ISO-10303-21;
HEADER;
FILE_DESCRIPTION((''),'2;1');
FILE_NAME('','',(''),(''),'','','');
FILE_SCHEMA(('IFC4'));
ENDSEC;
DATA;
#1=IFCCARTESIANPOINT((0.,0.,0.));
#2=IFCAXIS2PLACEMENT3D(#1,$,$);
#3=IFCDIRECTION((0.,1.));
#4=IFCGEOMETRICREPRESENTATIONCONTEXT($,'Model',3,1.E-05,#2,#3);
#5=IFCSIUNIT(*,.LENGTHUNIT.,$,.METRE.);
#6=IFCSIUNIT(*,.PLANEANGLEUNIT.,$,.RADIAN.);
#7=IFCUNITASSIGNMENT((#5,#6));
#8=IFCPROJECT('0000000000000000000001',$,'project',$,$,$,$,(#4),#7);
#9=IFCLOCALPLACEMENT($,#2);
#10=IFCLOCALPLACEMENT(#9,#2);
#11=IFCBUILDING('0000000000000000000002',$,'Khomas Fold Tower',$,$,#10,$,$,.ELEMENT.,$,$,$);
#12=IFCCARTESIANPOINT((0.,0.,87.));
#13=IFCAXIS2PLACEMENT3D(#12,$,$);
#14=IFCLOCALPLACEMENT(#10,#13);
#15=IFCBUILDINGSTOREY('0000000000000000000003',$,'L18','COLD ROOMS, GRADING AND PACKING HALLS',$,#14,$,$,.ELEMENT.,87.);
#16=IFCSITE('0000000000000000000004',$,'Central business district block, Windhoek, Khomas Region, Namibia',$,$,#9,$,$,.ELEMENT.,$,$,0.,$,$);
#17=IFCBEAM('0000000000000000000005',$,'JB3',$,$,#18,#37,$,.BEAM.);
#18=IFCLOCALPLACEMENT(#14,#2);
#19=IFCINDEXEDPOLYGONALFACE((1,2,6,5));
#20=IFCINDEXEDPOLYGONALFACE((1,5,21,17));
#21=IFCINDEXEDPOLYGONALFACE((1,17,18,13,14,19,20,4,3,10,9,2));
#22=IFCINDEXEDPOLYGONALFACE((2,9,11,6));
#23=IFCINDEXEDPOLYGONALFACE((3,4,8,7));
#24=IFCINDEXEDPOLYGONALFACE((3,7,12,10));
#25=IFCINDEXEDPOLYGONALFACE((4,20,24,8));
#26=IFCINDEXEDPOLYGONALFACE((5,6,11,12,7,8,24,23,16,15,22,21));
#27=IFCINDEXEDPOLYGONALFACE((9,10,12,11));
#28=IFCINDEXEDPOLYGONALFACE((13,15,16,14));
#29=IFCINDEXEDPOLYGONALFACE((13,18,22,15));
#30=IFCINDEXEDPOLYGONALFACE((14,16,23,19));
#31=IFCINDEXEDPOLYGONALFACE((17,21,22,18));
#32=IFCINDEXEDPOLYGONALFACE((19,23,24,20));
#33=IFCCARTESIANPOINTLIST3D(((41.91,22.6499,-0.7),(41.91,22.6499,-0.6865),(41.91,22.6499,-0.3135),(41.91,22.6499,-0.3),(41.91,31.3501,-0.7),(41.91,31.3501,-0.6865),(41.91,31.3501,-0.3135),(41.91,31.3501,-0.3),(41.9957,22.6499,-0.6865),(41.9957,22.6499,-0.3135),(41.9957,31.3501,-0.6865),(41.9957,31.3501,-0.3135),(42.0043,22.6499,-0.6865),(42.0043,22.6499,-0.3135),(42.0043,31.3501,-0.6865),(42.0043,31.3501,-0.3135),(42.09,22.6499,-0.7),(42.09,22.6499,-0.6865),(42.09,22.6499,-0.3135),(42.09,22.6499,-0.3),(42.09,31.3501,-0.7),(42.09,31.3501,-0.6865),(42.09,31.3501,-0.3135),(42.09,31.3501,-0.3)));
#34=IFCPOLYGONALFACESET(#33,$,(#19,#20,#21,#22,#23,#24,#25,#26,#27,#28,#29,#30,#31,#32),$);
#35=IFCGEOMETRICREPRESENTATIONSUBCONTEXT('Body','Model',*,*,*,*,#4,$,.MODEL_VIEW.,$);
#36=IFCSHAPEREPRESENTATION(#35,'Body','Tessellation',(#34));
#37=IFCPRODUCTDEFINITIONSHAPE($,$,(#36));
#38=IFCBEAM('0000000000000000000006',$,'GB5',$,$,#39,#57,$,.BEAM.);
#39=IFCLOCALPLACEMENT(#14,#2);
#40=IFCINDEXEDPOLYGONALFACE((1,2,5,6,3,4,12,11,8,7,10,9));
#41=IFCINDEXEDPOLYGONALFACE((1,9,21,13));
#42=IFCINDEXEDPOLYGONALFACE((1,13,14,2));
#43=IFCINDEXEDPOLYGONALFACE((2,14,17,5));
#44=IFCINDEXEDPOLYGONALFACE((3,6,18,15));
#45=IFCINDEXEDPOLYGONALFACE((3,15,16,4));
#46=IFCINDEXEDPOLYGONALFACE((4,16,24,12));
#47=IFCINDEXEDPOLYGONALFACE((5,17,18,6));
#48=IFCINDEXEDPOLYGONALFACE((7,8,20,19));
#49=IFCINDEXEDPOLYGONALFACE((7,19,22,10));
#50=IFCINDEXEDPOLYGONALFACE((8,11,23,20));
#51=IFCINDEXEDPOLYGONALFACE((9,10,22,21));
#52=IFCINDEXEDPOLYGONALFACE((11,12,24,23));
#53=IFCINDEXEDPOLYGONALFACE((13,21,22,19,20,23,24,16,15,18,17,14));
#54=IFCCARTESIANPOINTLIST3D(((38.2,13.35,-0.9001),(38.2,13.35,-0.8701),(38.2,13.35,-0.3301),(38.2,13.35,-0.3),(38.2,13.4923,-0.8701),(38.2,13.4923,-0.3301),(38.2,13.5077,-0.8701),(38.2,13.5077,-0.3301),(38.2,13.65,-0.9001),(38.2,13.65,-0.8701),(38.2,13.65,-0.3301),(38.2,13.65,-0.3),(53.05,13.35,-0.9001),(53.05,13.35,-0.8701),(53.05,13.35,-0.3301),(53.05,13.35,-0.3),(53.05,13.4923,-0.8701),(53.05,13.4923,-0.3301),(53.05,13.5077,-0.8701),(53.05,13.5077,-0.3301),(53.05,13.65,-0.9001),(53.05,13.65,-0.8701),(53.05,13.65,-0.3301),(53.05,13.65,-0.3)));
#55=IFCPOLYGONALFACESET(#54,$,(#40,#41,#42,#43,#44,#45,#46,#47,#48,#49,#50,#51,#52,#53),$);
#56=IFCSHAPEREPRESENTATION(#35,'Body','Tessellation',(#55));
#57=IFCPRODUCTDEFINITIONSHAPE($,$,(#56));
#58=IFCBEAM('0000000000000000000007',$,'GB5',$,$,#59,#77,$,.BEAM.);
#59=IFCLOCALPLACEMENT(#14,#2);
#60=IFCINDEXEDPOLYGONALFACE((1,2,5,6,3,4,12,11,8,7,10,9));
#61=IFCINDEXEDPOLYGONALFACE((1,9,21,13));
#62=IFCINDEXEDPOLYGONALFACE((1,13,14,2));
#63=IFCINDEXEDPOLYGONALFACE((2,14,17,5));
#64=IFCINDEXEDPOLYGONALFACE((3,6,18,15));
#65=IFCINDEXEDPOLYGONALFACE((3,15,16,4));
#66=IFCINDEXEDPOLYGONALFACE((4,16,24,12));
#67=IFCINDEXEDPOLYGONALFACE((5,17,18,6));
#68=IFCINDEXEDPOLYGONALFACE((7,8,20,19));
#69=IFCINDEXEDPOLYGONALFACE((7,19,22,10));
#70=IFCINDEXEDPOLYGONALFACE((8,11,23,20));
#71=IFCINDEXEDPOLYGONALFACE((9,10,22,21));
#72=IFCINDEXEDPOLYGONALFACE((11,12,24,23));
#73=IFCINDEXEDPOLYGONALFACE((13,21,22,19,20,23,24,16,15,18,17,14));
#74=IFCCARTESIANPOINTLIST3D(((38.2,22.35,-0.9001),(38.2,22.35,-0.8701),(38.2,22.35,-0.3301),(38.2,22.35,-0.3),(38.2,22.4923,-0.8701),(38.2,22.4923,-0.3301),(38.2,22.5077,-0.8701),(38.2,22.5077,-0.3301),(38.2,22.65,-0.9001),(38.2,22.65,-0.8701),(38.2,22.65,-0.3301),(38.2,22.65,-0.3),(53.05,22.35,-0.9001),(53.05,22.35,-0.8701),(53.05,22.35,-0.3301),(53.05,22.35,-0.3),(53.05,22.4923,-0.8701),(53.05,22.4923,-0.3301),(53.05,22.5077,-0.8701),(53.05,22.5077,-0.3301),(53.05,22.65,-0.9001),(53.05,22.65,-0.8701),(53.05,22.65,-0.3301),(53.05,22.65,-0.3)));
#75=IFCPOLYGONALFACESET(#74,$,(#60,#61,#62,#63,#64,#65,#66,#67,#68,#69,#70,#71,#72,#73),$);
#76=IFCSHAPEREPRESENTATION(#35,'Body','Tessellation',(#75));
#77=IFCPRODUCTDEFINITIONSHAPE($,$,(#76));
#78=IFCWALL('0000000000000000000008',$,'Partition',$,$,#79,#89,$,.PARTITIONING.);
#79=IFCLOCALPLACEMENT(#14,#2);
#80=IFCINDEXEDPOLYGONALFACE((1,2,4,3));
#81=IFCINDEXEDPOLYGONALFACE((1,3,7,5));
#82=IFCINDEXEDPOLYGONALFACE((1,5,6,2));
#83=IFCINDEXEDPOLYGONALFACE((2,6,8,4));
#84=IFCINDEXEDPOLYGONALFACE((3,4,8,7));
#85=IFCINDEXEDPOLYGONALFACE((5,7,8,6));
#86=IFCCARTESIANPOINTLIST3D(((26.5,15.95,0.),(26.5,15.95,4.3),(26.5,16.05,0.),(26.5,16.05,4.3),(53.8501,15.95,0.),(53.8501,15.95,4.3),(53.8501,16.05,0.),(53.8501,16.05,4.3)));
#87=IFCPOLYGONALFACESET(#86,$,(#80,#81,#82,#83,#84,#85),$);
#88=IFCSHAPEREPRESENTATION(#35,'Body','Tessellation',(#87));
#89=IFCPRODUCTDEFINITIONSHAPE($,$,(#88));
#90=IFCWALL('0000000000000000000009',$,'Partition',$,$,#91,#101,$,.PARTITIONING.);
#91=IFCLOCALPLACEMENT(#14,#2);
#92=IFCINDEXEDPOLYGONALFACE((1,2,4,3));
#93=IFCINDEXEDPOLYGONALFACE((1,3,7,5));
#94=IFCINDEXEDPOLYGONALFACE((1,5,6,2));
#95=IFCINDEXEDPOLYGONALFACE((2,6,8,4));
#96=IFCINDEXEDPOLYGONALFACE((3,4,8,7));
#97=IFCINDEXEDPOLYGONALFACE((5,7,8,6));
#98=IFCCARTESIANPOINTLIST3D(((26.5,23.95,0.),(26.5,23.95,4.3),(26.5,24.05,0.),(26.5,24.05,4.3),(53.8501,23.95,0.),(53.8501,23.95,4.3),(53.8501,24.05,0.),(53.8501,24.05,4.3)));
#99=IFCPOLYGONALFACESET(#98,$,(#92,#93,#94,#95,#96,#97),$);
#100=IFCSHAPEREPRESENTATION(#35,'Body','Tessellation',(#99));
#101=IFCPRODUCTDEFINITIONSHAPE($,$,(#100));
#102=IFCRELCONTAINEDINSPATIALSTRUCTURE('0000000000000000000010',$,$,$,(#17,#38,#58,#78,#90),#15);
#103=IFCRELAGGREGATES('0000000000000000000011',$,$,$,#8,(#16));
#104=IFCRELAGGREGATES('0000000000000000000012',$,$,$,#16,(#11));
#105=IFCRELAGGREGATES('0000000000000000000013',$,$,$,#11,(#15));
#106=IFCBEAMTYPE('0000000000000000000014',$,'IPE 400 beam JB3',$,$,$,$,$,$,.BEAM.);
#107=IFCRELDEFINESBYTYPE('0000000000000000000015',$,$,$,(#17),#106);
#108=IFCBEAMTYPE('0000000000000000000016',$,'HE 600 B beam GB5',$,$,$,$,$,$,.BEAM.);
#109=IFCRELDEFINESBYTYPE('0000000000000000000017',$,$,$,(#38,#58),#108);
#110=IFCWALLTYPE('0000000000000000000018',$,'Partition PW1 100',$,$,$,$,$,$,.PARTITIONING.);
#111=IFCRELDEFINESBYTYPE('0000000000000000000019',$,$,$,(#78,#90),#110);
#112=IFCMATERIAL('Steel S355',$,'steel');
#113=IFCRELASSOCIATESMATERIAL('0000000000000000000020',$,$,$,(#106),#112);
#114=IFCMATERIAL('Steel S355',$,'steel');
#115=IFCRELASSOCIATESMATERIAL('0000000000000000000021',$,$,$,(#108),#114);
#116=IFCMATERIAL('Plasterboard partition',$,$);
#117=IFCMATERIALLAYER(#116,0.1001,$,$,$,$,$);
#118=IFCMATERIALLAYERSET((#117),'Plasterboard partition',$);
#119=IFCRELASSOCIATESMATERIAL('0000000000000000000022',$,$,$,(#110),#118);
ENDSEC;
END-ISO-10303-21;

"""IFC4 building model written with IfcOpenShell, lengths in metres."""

from ifc_helpers import new_model, si_unit, direction, frame, frame_2d, origin, origin_2d, place, context, subcontext, project, spatial, rectangle, i_section, extrude, source, transform, mapped, material, layer, layer_set, material_profile, profile_set, type_object, element, save


model = new_model("IFC4")

# Units and contexts
model_context = context("Model", 3, precision=1e-05, world=origin(), true_north=direction((0.0, 1.0)))
body_context = subcontext(model_context, "Body", "Model", "MODEL_VIEW")
ifc_project = project(units=[si_unit("LENGTHUNIT", "METRE"), si_unit("PLANEANGLEUNIT", "RADIAN")], contexts=[model_context])

# Site, building, storey
site_placement = place(None, origin())
site = spatial("IfcSite", under=ifc_project, at=site_placement, Name="Central business district block, Windhoek, Khomas Region, Namibia", CompositionType="ELEMENT", RefElevation=0.0)
building_placement = place(site_placement, origin())
building = spatial("IfcBuilding", under=site, at=building_placement, Name="Khomas Fold Tower", CompositionType="ELEMENT")
storey_placement = place(building_placement, frame((0.0, 0.0, 87.0)))
storey = spatial("IfcBuildingStorey", under=building, at=storey_placement, Name="L18", Description="COLD ROOMS, GRADING AND PACKING HALLS", CompositionType="ELEMENT", Elevation=87.0)

# Beams
ifc_material_1 = material(Name="Steel S355", Category="steel")
ifc_material_profile_1 = material_profile(ifc_material_1, i_section(OverallWidth=0.1799, OverallDepth=0.3999, WebThickness=0.0085, FlangeThickness=0.0134, at=origin_2d()), Name="IPE 400")
ifc_profile_set_1 = profile_set([ifc_material_profile_1], Name="Steel S355")
beam_type_1 = type_object("IfcBeamType", Name="IPE 400 beam JB3", PredefinedType="BEAM", material=ifc_profile_set_1)
shared_shape_1 = source(origin(), body_context, "Body", "SweptSolid", [
    extrude(i_section(OverallWidth=0.1799, OverallDepth=0.3999, WebThickness=0.0085, FlangeThickness=0.0134, at=origin_2d()), origin(), (0.0, 0.0, 1.0), 8.7002),
])
for number, where, z_axis, x_axis, name in (
    (1, (42.0, 22.6499, -0.5), (0.0, 1.0, 0.0), (-1.0, 0.0, 0.0), "JB3"),
):
    element("IfcBeam", number, at=place(storey_placement, frame(where, z_axis=z_axis, x_axis=x_axis)), inside=storey, type_object=beam_type_1, Name=name, PredefinedType="BEAM", context=body_context, shape_type="MappedRepresentation", body=[
        mapped(shared_shape_1, transform((0.0, 0.0, 0.0))),
    ])
ifc_material_2 = material(Name="Steel S355", Category="steel")
ifc_material_profile_2 = material_profile(ifc_material_2, i_section(OverallWidth=0.3, OverallDepth=0.6001, WebThickness=0.0154, FlangeThickness=0.03, at=origin_2d()), Name="HE 600 B")
ifc_profile_set_2 = profile_set([ifc_material_profile_2], Name="Steel S355")
beam_type_2 = type_object("IfcBeamType", Name="HE 600 B beam GB5", PredefinedType="BEAM", material=ifc_profile_set_2)
shared_shape_2 = source(origin(), body_context, "Body", "SweptSolid", [
    extrude(i_section(OverallWidth=0.3, OverallDepth=0.6001, WebThickness=0.0154, FlangeThickness=0.03, at=origin_2d()), origin(), (0.0, 0.0, 1.0), 14.8501),
])
for number, where, z_axis, x_axis, name in (
    (2, (38.2, 13.5, -0.6001), (1.0, 0.0, 0.0), (0.0, 1.0, 0.0), "GB5"),
    (3, (38.2, 22.5, -0.6001), (1.0, 0.0, 0.0), (0.0, 1.0, 0.0), "GB5"),
):
    element("IfcBeam", number, at=place(storey_placement, frame(where, z_axis=z_axis, x_axis=x_axis)), inside=storey, type_object=beam_type_2, Name=name, PredefinedType="BEAM", context=body_context, shape_type="MappedRepresentation", body=[
        mapped(shared_shape_2, transform((0.0, 0.0, 0.0))),
    ])

# Walls
ifc_material_3 = material(Name="Plasterboard partition")
ifc_layer = layer(ifc_material_3, 0.1001)
ifc_layer_set = layer_set([ifc_layer], Name="Plasterboard partition")
wall_type = type_object("IfcWallType", Name="Partition PW1 100", PredefinedType="PARTITIONING", material=ifc_layer_set)
shared_shape_3 = source(origin(), body_context, "Body", "SweptSolid", [
    extrude(rectangle(XDim=27.3501, YDim=0.1001, at=frame_2d((13.675, 0.0))), origin(), (0.0, 0.0, 1.0), 4.3),
])
for number, where, z_axis, x_axis, name in (
    (4, (26.5, 16.0, 0.0), (0.0, 0.0, 1.0), (1.0, 0.0, 0.0), "Partition"),
    (5, (26.5, 24.0, 0.0), (0.0, 0.0, 1.0), (1.0, 0.0, 0.0), "Partition"),
):
    element("IfcWall", number, at=place(storey_placement, frame(where, z_axis=z_axis, x_axis=x_axis)), inside=storey, type_object=wall_type, Name=name, PredefinedType="PARTITIONING", context=body_context, shape_type="MappedRepresentation", body=[
        mapped(shared_shape_3, transform((0.0, 0.0, 0.0))),
    ])

save(model, "model.ifc")
